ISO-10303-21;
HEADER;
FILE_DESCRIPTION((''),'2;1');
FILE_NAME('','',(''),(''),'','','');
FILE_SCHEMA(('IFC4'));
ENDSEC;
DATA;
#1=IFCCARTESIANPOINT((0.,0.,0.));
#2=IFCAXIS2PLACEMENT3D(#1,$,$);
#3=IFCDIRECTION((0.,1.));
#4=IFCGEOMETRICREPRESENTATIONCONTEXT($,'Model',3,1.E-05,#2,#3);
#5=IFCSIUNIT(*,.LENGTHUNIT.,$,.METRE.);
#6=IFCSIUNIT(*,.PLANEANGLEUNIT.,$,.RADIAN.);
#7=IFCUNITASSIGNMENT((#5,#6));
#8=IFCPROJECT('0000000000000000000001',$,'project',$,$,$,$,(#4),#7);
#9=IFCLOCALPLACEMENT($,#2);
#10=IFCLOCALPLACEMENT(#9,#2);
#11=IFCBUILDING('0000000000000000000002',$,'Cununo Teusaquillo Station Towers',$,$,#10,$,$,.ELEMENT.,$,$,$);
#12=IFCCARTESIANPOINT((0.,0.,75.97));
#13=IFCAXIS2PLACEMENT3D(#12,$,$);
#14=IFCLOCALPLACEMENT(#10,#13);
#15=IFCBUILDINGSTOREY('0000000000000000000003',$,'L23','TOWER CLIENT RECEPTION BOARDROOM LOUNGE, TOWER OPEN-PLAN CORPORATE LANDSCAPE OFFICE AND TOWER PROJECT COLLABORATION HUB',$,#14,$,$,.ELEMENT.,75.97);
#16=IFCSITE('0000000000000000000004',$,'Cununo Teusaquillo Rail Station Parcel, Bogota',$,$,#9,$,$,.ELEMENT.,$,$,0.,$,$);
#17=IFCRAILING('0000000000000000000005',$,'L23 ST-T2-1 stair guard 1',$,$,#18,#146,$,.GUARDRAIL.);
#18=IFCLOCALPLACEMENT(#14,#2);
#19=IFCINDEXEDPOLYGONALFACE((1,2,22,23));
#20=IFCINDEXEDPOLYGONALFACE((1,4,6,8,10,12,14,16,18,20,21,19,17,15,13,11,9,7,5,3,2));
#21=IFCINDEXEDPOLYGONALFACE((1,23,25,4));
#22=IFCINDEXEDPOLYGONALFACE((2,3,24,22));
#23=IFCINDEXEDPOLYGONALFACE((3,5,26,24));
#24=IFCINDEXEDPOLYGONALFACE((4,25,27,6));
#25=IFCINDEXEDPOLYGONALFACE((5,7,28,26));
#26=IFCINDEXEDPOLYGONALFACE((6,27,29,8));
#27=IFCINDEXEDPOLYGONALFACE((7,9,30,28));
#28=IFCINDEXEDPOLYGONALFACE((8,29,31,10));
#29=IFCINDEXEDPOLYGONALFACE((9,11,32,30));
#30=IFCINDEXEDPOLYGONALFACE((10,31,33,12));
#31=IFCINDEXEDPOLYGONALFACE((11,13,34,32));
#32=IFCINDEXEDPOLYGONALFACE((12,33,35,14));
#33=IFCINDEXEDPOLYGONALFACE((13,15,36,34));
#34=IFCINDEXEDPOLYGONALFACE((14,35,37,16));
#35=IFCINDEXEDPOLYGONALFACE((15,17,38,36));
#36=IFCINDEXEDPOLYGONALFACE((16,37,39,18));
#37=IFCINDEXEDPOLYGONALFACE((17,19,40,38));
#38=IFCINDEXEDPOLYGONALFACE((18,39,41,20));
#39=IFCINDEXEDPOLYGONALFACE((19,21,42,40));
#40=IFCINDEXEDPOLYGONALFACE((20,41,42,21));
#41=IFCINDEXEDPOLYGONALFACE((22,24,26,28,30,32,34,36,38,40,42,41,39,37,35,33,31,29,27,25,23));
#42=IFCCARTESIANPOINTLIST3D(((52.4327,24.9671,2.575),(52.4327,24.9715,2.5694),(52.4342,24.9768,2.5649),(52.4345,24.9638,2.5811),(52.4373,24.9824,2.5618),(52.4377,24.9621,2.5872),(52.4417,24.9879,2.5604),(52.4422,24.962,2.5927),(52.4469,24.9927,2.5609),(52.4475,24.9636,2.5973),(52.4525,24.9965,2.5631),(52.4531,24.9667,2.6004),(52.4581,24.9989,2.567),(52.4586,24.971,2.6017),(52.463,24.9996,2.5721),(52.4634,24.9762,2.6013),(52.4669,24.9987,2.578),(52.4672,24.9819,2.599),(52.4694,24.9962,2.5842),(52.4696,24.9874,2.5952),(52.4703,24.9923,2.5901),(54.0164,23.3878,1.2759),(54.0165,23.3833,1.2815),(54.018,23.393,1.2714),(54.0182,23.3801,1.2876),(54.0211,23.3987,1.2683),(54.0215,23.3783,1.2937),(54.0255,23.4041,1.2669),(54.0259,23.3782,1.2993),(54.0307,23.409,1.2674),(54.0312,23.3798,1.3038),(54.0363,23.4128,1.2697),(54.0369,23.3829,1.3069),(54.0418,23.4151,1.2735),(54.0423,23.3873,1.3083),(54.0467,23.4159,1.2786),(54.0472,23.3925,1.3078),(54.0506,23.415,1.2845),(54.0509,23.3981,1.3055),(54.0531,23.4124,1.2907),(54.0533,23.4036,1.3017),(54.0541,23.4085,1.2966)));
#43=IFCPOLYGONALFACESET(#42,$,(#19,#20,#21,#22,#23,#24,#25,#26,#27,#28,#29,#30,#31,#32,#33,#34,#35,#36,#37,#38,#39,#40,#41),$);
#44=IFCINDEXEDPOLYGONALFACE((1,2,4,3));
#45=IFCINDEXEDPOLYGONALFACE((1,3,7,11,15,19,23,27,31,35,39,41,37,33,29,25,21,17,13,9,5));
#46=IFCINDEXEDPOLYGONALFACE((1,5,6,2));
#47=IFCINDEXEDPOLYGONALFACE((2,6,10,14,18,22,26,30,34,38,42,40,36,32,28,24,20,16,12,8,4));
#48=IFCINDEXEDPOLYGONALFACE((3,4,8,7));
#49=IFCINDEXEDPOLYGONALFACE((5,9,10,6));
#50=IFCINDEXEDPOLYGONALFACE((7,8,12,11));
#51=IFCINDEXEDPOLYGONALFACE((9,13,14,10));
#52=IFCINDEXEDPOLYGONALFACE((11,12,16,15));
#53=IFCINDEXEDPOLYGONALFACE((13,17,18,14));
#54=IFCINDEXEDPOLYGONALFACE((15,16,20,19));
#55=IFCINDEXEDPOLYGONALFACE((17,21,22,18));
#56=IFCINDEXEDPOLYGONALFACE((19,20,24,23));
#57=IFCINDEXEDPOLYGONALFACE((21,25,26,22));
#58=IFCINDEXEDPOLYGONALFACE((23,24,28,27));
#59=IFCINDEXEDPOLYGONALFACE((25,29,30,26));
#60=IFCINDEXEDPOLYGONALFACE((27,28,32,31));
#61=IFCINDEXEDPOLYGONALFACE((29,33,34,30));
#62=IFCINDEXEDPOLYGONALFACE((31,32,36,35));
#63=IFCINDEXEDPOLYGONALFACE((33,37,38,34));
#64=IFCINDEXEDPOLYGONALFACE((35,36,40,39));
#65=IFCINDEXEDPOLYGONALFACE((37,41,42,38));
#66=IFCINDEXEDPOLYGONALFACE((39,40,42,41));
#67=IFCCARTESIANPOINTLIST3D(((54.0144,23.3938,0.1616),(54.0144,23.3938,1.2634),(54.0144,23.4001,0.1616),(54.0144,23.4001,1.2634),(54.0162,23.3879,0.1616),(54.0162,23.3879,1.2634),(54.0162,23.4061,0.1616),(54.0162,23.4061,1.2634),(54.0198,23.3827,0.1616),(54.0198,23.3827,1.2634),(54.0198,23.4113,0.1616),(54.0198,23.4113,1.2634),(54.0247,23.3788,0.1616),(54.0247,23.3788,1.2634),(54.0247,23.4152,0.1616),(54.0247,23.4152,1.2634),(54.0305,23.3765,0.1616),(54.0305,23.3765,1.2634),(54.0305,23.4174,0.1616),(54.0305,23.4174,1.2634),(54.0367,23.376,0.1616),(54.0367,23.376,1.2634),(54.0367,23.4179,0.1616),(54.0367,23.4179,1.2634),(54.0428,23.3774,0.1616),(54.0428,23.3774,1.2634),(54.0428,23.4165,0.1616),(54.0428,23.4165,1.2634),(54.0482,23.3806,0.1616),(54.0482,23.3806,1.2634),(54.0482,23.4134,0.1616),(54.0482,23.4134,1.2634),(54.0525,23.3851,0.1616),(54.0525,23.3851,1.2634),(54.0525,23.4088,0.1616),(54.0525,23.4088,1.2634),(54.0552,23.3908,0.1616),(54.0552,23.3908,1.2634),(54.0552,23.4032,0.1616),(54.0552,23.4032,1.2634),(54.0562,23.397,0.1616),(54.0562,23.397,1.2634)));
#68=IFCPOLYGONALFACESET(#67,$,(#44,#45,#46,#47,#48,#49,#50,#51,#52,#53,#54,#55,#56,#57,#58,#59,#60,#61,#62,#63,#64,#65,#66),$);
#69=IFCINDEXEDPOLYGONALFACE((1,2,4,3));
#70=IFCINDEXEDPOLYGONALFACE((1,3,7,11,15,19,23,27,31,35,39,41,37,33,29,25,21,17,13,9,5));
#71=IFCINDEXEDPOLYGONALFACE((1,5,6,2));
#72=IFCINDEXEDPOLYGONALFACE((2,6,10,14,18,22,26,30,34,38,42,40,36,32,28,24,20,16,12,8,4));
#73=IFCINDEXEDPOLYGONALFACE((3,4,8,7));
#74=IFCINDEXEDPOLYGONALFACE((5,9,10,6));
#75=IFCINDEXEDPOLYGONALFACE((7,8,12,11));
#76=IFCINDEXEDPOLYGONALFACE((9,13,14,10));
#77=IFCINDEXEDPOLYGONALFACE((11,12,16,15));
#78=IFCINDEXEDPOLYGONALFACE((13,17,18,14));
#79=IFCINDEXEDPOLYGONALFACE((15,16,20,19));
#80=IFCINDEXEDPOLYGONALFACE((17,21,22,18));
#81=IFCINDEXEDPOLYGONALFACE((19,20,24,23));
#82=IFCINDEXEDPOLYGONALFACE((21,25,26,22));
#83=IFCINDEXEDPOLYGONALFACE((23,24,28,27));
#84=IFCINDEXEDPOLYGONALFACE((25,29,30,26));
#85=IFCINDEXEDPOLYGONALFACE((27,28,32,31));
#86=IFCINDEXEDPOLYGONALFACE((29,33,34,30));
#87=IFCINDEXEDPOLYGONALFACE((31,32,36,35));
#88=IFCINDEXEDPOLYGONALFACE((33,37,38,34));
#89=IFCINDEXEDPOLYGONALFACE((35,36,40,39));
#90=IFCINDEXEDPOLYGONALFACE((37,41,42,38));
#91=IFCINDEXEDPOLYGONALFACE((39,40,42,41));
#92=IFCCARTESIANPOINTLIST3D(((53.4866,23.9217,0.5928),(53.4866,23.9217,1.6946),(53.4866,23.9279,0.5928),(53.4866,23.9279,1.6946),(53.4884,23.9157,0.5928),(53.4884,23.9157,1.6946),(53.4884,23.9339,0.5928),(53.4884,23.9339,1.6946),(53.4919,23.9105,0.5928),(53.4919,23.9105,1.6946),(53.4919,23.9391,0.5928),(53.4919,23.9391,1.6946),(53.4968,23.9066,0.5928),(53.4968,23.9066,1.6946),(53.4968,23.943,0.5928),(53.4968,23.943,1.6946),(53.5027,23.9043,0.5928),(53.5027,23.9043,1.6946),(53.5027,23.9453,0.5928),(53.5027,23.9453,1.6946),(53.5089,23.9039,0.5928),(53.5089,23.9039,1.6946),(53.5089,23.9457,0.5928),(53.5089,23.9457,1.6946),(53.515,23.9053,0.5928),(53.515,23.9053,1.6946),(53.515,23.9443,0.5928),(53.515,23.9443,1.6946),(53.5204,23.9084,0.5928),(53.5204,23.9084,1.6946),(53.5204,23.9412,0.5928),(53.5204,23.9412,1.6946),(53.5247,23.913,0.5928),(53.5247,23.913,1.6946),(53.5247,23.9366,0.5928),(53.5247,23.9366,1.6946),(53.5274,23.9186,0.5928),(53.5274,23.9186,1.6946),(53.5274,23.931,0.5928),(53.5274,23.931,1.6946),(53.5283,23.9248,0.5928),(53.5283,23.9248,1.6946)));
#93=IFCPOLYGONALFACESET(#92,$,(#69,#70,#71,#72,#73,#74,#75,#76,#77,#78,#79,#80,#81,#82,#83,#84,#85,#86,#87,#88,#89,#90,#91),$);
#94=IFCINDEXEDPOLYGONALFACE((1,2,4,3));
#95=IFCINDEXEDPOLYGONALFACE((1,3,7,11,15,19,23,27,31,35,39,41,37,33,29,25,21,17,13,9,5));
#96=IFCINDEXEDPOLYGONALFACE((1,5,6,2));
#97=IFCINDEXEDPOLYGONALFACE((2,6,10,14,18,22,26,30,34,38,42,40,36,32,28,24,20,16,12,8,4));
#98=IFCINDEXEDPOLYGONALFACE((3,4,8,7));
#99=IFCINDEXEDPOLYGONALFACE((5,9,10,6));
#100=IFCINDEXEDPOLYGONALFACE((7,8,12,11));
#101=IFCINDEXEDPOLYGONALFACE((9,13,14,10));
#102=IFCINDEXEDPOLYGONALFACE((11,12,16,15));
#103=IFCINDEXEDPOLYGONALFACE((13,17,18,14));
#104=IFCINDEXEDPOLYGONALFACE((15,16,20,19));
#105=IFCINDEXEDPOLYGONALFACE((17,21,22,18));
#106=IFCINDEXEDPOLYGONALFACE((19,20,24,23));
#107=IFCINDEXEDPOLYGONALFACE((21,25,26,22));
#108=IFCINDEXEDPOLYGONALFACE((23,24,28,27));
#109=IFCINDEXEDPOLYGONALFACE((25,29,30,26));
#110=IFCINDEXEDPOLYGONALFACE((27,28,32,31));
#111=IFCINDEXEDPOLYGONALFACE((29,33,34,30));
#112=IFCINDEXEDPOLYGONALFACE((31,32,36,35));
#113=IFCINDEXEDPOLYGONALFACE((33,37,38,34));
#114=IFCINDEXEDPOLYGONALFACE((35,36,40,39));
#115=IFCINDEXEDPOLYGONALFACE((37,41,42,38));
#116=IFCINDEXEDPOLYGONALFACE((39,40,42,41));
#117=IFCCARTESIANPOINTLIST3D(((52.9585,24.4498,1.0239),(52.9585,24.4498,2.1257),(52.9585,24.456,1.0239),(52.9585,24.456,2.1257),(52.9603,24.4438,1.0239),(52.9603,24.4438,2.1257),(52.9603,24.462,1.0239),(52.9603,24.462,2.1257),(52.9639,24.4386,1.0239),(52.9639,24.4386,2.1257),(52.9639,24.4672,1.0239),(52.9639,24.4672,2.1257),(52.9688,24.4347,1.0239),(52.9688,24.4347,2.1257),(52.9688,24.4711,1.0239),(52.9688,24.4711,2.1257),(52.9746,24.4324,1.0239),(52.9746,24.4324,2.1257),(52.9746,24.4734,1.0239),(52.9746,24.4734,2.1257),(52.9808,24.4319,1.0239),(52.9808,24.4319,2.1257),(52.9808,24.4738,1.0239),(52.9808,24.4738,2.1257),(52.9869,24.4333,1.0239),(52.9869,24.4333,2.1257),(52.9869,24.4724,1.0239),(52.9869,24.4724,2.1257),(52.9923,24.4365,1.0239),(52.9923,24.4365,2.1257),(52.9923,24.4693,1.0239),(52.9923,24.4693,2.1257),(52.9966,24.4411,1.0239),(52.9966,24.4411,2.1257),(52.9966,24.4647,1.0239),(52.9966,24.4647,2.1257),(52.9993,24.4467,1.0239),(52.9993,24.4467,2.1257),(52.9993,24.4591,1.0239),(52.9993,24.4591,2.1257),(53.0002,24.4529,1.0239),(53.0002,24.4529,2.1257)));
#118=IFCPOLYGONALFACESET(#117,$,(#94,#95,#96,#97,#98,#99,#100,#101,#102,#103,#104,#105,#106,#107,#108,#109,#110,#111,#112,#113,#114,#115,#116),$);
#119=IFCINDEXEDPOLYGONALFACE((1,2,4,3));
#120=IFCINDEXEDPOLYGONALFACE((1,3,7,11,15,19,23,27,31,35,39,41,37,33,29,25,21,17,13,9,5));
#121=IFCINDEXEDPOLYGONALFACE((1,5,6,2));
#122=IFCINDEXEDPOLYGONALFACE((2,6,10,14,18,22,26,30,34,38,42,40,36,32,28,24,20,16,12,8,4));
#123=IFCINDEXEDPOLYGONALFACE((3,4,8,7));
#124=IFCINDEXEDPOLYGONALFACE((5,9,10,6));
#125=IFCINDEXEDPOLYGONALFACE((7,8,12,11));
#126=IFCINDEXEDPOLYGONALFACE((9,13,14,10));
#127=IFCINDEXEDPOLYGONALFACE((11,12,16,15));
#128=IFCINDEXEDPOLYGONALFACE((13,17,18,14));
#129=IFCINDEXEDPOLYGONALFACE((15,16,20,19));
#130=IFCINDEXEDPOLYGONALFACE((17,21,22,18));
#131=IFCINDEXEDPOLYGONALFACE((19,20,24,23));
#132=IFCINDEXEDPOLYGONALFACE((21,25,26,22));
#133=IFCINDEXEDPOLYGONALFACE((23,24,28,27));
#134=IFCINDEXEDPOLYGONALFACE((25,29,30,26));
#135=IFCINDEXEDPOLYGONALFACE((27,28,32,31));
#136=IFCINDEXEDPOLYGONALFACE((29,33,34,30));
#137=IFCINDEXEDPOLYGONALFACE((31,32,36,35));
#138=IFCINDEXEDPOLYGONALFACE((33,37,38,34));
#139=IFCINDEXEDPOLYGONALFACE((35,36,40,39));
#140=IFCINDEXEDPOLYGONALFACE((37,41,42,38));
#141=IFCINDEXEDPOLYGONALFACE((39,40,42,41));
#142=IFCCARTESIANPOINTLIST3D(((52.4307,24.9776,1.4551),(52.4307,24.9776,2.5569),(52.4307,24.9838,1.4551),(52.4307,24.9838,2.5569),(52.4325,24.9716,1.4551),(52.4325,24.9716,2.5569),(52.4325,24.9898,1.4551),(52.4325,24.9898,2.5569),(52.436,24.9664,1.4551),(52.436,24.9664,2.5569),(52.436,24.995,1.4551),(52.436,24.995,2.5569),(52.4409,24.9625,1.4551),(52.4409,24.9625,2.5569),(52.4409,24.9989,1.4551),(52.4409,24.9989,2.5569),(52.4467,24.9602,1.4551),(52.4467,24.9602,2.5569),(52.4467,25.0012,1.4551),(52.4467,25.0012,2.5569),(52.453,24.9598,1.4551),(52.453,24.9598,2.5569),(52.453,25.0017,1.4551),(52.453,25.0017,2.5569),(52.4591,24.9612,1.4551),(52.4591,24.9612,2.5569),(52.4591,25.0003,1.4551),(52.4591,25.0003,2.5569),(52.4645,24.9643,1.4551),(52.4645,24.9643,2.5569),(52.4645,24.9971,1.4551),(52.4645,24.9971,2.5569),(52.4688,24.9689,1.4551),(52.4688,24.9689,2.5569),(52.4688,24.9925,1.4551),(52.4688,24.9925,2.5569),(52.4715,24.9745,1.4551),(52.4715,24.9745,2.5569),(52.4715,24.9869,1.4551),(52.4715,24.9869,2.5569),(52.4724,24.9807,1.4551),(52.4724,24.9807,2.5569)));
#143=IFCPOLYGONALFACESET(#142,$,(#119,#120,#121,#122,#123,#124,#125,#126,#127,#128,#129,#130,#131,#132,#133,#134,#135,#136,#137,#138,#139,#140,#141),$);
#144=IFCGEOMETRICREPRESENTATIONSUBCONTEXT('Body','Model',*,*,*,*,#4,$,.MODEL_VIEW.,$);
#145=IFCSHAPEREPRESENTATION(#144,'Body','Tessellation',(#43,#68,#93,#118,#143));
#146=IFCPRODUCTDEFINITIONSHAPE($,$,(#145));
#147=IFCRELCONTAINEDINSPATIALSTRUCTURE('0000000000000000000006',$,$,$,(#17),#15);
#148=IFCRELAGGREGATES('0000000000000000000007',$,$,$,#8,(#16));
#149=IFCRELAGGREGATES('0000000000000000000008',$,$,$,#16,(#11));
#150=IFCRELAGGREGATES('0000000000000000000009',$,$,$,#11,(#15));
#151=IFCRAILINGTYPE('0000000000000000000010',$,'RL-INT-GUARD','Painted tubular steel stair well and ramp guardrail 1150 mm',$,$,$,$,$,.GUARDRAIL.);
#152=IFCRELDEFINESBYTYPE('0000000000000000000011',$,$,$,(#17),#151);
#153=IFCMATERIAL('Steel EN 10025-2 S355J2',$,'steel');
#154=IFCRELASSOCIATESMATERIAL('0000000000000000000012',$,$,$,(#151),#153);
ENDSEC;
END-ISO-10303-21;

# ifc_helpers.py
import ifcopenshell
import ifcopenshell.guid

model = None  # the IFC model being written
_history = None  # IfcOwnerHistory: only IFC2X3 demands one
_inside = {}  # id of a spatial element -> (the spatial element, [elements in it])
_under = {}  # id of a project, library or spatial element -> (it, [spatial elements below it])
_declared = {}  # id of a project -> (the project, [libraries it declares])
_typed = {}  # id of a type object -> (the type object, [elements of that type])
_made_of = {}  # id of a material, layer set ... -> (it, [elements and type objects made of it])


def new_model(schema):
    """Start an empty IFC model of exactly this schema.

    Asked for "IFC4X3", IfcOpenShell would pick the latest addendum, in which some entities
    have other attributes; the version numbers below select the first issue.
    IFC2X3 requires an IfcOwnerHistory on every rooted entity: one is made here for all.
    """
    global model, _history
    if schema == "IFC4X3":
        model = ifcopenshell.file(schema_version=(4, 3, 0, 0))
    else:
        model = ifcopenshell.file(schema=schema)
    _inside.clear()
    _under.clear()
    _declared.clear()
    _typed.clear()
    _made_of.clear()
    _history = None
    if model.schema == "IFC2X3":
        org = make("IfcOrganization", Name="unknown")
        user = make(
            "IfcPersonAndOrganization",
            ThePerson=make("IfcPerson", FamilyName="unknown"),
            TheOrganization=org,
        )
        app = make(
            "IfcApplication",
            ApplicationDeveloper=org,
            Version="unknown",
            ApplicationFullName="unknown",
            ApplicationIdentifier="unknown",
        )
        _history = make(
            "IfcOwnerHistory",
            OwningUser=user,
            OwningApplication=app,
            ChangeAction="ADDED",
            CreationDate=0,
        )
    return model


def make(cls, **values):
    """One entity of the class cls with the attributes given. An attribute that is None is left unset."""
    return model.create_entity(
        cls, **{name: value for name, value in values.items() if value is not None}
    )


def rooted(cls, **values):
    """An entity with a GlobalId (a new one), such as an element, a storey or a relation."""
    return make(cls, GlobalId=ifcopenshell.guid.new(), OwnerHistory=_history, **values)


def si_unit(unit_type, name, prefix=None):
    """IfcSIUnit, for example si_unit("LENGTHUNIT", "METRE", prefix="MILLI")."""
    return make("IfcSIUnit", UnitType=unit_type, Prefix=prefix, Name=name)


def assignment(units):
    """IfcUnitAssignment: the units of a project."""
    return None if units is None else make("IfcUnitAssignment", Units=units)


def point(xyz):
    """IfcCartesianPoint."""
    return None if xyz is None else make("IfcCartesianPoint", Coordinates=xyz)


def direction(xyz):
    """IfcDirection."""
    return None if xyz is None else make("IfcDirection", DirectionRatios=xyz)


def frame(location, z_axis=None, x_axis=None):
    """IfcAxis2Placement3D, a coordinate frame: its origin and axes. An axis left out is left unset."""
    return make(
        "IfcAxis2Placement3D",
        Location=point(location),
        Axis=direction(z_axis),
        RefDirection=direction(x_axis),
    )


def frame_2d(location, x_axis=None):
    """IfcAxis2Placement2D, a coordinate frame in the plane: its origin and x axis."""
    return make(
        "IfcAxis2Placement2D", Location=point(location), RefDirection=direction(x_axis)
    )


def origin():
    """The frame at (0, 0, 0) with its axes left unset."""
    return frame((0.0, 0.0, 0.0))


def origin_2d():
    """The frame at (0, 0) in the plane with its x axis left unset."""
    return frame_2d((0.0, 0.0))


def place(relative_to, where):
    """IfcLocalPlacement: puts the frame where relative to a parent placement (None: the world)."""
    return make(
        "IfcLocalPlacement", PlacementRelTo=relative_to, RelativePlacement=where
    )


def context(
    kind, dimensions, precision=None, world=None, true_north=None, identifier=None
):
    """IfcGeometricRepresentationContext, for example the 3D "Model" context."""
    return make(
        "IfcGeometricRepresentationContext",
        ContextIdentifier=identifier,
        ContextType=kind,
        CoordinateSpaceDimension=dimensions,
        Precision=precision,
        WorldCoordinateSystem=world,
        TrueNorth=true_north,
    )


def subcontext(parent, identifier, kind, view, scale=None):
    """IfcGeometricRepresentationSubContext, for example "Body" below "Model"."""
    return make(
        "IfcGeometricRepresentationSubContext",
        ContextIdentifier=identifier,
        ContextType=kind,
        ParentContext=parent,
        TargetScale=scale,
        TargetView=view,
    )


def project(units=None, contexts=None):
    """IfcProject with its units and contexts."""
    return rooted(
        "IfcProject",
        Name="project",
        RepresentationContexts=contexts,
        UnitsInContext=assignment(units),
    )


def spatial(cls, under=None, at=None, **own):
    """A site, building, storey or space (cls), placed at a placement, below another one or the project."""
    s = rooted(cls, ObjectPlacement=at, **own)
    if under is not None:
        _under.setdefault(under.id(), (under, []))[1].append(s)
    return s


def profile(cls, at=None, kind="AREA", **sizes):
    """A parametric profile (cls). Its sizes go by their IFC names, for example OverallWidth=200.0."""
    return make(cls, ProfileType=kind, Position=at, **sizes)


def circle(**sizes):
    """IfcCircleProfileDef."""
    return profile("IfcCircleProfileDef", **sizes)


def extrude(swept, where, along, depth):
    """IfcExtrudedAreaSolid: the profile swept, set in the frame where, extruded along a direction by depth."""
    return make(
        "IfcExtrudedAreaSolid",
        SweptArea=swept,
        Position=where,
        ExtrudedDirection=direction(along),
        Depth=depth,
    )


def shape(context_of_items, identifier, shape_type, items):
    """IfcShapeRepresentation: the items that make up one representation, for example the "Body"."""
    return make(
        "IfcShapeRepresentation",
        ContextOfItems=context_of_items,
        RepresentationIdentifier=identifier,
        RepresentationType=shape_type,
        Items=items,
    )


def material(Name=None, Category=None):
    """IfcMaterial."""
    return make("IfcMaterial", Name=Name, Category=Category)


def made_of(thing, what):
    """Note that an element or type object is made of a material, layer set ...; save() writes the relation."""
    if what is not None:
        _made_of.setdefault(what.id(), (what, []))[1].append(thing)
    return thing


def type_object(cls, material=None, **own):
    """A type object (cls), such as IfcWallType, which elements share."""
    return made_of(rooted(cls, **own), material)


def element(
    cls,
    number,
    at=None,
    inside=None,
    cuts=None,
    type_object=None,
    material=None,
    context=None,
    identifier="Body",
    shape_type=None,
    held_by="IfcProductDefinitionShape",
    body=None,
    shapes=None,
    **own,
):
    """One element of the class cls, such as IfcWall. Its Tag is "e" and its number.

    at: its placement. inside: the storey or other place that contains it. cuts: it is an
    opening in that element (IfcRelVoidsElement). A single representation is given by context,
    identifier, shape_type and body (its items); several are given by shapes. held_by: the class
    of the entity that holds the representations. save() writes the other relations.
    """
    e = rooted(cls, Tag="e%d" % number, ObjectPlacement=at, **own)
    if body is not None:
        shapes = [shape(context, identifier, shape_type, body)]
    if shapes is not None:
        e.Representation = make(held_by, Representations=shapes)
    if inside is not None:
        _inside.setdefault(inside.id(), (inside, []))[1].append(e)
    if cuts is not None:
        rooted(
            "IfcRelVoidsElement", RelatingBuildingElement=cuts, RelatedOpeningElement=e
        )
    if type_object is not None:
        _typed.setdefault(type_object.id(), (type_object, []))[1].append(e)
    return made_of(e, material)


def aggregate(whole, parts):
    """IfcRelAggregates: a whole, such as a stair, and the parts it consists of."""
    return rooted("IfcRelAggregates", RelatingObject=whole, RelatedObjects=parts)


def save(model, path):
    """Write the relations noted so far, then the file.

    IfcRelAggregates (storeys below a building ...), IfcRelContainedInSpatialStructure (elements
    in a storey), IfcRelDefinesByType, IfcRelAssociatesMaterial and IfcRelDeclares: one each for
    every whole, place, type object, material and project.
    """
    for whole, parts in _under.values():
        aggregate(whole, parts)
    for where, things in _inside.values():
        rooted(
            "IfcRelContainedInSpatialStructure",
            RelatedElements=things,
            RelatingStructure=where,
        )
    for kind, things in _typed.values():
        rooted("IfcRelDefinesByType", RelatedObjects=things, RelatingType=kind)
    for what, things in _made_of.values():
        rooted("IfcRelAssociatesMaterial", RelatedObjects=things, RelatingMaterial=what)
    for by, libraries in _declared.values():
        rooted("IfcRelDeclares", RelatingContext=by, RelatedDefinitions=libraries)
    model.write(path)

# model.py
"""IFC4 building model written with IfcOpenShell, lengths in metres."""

from ifc_helpers import new_model, si_unit, direction, frame, origin, origin_2d, place, context, subcontext, project, spatial, circle, extrude, material, type_object, element, save


model = new_model("IFC4")

# Units and contexts
model_context = context("Model", 3, precision=1e-05, world=origin(), true_north=direction((0.0, 1.0)))
body_context = subcontext(model_context, "Body", "Model", "MODEL_VIEW")
ifc_project = project(units=[si_unit("LENGTHUNIT", "METRE"), si_unit("PLANEANGLEUNIT", "RADIAN")], contexts=[model_context])

# Site, building, storey
site_placement = place(None, origin())
site = spatial("IfcSite", under=ifc_project, at=site_placement, Name="Cununo Teusaquillo Rail Station Parcel, Bogota", CompositionType="ELEMENT", RefElevation=0.0)
building_placement = place(site_placement, origin())
building = spatial("IfcBuilding", under=site, at=building_placement, Name="Cununo Teusaquillo Station Towers", CompositionType="ELEMENT")
storey_placement = place(building_placement, frame((0.0, 0.0, 75.97)))
storey = spatial("IfcBuildingStorey", under=building, at=storey_placement, Name="L23", Description="TOWER CLIENT RECEPTION BOARDROOM LOUNGE, TOWER OPEN-PLAN CORPORATE LANDSCAPE OFFICE AND TOWER PROJECT COLLABORATION HUB", CompositionType="ELEMENT", Elevation=75.97)

# Railing
ifc_material_1 = material(Name="Steel EN 10025-2 S355J2", Category="steel")
railing_type_1 = type_object("IfcRailingType", Name="RL-INT-GUARD", Description="Painted tubular steel stair well and ramp guardrail 1150 mm", PredefinedType="GUARDRAIL", material=ifc_material_1)
railing_1_placement = place(storey_placement, frame((54.0352, 23.397, 0.1616)))
element("IfcRailing", 1, at=railing_1_placement, inside=storey, type_object=railing_type_1, Name="L23 ST-T2-1 stair guard 1", PredefinedType="GUARDRAIL", context=body_context, shape_type="SweptSolid", body=[
    extrude(circle(Radius=0.0239, at=origin_2d()), frame((0.0, 0.0, 1.126), z_axis=(-0.612332, 0.612332, 0.500098), x_axis=(-0.707107, -0.707107, 0.0)), (0.0, 0.0, 1.0), 2.5864),
    extrude(circle(Radius=0.021, at=origin_2d()), origin(), (0.0, 0.0, 1.0), 1.1018),
    extrude(circle(Radius=0.021, at=origin_2d()), frame((-0.5278, 0.5278, 0.4312)), (0.0, 0.0, 1.0), 1.1018),
    extrude(circle(Radius=0.021, at=origin_2d()), frame((-1.0559, 1.0559, 0.8623)), (0.0, 0.0, 1.0), 1.1018),
    extrude(circle(Radius=0.021, at=origin_2d()), frame((-1.5837, 1.5837, 1.2935)), (0.0, 0.0, 1.0), 1.1018),
])

save(model, "model.ifc")
